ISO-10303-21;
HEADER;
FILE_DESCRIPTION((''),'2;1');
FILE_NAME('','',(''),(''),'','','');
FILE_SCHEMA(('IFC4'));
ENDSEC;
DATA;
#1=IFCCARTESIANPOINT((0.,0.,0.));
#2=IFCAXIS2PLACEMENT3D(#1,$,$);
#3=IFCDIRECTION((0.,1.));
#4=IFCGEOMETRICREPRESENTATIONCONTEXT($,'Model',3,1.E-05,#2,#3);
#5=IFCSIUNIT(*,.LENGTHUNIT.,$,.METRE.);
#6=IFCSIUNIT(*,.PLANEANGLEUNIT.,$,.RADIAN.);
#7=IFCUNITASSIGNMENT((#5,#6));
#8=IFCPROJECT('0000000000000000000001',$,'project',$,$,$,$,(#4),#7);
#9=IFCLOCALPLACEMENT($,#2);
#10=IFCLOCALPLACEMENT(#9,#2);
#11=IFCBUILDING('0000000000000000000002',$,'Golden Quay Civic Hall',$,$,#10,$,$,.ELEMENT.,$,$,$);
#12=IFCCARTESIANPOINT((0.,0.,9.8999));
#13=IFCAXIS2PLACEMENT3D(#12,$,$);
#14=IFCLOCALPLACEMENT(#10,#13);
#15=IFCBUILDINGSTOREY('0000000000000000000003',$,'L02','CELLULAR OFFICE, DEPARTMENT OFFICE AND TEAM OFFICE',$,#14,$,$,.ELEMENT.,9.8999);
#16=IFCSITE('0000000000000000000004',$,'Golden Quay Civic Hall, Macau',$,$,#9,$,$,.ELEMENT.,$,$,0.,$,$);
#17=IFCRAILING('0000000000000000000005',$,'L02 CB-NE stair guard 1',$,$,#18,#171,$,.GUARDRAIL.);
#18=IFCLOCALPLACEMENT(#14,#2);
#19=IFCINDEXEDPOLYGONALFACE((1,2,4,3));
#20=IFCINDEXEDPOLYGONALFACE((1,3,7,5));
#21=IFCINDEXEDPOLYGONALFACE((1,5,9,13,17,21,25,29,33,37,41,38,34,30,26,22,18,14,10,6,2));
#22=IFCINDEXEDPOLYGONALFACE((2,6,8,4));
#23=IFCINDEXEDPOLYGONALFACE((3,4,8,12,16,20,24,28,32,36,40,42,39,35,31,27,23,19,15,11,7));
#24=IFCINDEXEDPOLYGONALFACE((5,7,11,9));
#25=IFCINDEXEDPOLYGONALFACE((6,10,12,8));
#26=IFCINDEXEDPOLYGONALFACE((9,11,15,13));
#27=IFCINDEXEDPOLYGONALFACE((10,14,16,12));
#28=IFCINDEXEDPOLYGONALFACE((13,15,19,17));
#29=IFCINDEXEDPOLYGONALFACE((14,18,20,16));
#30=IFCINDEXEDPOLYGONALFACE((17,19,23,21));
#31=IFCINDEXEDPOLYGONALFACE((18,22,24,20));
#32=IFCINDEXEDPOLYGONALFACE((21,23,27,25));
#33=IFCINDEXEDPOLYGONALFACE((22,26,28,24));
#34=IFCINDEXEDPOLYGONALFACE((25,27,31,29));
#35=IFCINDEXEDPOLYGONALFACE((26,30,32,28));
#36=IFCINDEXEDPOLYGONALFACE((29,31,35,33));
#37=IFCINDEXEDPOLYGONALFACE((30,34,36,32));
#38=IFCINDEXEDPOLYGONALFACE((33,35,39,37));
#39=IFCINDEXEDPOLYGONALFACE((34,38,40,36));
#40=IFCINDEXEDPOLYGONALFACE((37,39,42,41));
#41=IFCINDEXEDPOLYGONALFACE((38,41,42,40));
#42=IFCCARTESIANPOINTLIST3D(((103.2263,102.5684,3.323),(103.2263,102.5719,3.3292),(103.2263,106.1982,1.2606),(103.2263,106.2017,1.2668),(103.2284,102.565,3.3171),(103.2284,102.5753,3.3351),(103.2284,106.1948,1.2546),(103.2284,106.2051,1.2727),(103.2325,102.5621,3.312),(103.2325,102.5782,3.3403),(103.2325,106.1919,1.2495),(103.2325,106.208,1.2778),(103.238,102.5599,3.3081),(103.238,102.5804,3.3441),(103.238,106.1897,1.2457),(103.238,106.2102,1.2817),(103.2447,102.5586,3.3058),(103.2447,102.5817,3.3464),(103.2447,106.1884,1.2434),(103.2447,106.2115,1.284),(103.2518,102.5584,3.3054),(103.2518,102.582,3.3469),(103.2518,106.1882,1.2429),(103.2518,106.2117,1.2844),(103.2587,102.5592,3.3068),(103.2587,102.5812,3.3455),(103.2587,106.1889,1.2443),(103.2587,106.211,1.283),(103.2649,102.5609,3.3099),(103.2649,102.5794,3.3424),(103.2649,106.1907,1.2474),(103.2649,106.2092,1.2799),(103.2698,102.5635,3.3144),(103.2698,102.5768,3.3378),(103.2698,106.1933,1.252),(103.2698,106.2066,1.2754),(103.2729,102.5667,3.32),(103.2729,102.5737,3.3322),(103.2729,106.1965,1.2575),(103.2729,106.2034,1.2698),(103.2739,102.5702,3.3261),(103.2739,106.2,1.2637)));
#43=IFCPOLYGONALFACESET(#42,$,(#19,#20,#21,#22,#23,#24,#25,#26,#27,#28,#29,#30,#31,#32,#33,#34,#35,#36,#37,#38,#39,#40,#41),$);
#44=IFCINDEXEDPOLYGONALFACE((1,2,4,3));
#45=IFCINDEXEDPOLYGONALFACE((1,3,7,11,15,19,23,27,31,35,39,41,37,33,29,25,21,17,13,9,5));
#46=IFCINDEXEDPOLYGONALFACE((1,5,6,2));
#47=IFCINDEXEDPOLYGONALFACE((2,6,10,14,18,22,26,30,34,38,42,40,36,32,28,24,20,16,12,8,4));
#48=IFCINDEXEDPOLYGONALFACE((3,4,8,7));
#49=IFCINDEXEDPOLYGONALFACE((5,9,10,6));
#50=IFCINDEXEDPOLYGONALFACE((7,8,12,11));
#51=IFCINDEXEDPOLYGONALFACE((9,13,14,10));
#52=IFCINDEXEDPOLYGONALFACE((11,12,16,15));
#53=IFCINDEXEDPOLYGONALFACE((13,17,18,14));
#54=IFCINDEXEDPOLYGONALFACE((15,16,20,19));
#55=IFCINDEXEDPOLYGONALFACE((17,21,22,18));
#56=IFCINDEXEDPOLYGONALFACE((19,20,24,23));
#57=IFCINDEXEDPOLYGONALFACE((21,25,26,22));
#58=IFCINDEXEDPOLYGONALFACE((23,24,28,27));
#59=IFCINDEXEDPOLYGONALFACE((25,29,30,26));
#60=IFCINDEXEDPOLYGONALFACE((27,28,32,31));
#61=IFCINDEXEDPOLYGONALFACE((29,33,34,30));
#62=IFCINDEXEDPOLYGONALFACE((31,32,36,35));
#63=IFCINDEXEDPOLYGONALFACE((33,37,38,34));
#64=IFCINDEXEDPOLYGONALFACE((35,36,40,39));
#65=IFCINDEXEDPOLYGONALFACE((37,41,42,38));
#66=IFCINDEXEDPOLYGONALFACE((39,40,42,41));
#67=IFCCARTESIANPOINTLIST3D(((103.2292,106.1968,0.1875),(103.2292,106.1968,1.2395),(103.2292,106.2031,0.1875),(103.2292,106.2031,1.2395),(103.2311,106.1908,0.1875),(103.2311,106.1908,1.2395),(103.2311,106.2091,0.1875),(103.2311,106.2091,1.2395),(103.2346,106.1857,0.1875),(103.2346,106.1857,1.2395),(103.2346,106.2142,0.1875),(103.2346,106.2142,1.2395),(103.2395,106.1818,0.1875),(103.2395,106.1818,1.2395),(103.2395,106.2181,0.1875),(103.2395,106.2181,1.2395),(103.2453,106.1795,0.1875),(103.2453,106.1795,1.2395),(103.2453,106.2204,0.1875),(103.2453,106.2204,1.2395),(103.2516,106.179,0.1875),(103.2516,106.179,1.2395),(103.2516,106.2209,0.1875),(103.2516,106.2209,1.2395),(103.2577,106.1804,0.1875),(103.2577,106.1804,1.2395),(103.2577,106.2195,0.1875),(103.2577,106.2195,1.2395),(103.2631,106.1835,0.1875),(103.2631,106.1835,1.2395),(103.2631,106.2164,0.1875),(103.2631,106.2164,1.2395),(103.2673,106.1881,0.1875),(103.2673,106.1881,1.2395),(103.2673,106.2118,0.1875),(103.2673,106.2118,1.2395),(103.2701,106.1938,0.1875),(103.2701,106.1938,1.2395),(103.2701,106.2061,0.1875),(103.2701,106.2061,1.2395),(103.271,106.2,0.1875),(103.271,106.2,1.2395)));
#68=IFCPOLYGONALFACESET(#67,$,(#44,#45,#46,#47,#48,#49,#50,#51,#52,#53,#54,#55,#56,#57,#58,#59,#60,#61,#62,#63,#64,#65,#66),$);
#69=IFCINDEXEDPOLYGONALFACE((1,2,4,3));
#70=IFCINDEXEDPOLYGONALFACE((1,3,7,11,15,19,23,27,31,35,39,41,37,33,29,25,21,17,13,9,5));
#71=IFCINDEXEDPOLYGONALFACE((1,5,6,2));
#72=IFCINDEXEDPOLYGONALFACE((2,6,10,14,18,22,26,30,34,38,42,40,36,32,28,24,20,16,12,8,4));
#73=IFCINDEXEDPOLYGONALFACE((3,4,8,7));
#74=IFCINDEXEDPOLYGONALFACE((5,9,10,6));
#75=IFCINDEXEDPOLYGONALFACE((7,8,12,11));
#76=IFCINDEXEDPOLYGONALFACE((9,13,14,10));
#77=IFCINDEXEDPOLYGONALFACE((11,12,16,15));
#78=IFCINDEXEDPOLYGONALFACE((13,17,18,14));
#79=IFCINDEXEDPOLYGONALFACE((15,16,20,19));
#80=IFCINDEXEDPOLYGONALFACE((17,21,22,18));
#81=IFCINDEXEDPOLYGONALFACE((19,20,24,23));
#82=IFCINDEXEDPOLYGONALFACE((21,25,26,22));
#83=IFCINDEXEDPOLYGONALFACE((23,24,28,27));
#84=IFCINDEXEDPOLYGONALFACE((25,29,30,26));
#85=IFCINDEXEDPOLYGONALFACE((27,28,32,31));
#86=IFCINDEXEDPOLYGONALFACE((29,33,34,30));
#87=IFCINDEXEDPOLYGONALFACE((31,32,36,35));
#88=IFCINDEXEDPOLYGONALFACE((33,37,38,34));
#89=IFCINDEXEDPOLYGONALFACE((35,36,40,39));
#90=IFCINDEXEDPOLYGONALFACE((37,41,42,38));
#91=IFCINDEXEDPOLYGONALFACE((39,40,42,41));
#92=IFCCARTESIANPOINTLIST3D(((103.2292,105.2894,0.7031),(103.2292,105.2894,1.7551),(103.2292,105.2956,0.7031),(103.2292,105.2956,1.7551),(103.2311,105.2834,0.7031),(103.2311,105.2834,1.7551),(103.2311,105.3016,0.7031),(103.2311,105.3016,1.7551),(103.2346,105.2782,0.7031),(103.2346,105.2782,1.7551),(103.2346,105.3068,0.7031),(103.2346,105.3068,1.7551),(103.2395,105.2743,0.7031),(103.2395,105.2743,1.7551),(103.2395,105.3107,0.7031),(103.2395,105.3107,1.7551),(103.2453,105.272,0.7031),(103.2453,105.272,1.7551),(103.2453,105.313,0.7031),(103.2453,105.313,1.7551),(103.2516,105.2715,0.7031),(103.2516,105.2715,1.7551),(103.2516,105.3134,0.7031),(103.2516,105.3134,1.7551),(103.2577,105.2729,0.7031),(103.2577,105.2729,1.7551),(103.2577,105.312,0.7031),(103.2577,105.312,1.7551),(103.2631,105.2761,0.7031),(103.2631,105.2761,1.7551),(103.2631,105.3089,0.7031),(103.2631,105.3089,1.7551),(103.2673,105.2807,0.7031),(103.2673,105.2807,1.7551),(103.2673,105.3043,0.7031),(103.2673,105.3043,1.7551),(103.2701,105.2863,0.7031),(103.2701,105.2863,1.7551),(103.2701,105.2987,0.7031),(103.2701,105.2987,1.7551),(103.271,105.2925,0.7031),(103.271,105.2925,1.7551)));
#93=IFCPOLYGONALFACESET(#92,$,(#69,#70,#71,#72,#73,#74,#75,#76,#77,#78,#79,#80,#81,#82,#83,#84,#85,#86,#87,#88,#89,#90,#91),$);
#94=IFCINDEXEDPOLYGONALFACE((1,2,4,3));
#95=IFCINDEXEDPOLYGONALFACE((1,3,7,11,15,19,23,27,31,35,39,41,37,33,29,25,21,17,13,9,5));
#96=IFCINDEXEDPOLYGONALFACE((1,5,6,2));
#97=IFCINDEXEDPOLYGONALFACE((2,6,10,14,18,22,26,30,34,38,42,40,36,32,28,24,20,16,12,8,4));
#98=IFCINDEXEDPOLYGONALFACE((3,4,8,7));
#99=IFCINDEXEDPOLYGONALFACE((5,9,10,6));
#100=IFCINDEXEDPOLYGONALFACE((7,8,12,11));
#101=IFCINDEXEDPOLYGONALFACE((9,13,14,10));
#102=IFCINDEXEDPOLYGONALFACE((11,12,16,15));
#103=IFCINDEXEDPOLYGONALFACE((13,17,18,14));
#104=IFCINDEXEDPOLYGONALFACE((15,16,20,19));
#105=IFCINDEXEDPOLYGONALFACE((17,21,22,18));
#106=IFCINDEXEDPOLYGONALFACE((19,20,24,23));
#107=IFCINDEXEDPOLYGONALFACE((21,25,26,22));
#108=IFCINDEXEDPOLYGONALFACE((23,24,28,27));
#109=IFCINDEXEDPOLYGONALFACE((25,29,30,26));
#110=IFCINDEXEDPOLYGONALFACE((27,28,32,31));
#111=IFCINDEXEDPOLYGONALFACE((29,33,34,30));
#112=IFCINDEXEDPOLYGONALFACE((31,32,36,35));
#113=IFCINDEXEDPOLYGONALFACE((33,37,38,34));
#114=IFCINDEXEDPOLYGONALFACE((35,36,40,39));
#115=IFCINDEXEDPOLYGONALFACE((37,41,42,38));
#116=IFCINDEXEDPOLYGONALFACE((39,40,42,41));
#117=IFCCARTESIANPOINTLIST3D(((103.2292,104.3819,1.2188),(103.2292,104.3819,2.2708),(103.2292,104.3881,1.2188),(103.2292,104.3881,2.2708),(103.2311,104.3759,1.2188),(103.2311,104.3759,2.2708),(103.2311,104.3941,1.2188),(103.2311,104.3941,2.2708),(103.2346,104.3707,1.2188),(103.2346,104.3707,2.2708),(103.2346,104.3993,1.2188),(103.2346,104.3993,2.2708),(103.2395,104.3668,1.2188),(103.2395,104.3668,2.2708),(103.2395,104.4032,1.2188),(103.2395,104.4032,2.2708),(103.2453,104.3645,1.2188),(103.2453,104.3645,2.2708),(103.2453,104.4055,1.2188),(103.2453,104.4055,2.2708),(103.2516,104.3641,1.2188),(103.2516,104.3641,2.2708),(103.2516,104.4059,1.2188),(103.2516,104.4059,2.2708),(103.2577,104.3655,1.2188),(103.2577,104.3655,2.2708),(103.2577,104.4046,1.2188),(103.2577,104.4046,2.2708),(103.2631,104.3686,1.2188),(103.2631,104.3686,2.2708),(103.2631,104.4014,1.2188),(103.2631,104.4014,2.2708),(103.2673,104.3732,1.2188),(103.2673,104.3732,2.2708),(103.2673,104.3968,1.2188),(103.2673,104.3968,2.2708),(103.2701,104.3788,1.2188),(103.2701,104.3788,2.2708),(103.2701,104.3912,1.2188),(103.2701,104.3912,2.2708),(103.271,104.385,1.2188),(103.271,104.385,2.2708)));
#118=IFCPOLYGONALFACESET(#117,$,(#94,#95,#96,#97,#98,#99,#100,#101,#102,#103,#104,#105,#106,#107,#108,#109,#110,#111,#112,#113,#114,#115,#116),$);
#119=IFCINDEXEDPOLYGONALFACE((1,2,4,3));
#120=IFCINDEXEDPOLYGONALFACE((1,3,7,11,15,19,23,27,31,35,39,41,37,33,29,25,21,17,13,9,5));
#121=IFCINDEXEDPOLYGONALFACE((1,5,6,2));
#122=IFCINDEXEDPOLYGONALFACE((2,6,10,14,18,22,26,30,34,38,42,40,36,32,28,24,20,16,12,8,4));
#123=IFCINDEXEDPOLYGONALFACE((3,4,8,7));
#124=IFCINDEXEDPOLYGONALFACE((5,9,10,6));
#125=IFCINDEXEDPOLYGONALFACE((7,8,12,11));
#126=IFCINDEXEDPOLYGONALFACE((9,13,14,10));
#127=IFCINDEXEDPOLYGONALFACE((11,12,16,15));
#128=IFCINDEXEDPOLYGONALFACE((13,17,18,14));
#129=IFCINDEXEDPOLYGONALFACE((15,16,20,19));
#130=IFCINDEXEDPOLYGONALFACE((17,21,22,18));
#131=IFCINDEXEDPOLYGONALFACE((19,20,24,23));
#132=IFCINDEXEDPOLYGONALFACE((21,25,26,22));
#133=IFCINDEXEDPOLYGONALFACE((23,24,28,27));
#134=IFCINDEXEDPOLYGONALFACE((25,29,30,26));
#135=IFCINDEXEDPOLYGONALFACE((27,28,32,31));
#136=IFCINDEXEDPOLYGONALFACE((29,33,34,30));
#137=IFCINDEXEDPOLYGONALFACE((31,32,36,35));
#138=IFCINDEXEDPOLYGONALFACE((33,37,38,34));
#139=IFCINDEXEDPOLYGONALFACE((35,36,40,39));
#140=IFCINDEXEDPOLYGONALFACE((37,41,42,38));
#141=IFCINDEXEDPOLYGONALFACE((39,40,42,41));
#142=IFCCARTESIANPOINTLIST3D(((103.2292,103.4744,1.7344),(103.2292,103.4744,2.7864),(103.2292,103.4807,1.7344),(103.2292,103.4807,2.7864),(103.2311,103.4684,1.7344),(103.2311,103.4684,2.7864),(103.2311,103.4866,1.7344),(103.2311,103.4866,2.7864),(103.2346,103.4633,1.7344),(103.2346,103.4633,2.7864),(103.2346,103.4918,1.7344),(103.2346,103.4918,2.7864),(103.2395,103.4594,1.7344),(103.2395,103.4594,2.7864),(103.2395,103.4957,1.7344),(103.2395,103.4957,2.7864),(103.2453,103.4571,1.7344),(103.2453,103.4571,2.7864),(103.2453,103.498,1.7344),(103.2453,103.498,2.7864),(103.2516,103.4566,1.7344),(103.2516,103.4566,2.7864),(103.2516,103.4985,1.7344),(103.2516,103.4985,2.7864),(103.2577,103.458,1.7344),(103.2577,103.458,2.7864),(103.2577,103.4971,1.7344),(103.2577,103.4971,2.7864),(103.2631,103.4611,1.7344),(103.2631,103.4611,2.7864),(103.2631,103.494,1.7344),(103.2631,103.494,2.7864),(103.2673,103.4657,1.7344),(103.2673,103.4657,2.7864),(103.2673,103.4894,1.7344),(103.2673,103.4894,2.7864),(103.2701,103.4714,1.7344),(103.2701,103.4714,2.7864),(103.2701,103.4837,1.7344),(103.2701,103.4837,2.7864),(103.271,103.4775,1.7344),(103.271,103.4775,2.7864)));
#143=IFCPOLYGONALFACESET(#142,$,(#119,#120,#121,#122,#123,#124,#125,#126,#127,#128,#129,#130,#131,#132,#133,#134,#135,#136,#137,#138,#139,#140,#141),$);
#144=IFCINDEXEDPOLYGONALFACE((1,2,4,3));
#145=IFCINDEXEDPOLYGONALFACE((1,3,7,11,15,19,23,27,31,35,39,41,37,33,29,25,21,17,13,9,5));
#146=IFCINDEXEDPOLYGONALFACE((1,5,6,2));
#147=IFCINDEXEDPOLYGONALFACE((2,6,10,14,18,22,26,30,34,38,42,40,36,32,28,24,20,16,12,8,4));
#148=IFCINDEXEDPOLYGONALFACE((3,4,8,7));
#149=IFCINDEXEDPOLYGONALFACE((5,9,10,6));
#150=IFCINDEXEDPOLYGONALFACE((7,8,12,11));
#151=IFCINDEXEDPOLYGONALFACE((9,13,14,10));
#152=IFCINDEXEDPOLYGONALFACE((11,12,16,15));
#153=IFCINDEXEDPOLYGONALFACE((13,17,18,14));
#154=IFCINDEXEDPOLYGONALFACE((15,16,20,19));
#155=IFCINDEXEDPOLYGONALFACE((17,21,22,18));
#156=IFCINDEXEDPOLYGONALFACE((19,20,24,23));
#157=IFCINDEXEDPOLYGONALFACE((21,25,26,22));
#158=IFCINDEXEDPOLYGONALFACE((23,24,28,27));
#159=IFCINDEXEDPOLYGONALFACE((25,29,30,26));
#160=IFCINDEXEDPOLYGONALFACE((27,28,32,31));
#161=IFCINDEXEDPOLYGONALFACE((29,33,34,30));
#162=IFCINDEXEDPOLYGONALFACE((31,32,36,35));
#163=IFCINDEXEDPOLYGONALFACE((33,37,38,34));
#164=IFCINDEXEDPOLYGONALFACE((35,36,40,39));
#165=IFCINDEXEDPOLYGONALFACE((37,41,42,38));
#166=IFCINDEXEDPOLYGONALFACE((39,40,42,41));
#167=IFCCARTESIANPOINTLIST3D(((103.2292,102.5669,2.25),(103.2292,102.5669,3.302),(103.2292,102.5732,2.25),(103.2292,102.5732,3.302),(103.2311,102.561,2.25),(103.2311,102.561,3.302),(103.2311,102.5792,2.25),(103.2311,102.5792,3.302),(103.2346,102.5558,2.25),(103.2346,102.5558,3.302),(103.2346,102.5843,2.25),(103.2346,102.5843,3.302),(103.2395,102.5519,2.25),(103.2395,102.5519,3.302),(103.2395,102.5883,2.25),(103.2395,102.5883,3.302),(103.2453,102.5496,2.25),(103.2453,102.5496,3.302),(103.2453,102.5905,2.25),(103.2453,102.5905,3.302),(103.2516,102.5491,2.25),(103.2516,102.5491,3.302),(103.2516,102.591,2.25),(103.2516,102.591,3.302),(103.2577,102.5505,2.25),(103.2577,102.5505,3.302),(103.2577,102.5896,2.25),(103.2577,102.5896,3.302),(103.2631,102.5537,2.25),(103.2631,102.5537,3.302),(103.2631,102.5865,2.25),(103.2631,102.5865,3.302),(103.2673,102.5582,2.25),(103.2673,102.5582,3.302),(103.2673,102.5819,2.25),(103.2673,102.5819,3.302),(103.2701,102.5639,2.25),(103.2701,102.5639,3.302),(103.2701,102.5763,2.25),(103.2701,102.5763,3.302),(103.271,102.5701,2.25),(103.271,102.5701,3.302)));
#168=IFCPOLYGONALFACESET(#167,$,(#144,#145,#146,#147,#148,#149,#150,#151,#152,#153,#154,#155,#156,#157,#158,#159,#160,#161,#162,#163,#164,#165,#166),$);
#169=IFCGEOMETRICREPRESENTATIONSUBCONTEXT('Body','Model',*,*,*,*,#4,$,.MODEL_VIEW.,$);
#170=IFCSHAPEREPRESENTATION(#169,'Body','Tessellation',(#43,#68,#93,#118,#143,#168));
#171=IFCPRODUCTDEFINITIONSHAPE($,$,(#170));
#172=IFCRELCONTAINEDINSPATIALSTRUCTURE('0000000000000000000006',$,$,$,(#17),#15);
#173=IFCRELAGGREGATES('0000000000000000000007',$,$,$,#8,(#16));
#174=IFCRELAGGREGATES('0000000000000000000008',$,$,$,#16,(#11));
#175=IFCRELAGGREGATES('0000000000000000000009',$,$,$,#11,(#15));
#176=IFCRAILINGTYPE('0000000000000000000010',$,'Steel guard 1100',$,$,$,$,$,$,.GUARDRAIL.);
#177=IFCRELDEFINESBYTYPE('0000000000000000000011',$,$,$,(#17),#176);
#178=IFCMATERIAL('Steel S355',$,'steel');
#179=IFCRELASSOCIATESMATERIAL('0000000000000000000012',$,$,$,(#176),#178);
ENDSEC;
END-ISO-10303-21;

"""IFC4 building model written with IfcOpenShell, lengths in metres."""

from ifc_helpers import new_model, si_unit, direction, frame, origin, origin_2d, place, context, subcontext, project, spatial, circle, extrude, material, type_object, element, save


model = new_model("IFC4")

# Units and contexts
model_context = context("Model", 3, precision=1e-05, world=origin(), true_north=direction((0.0, 1.0)))
body_context = subcontext(model_context, "Body", "Model", "MODEL_VIEW")
ifc_project = project(units=[si_unit("LENGTHUNIT", "METRE"), si_unit("PLANEANGLEUNIT", "RADIAN")], contexts=[model_context])

# Site, building, storey
site_placement = place(None, origin())
site = spatial("IfcSite", under=ifc_project, at=site_placement, Name="Golden Quay Civic Hall, Macau", CompositionType="ELEMENT", RefElevation=0.0)
building_placement = place(site_placement, origin())
building = spatial("IfcBuilding", under=site, at=building_placement, Name="Golden Quay Civic Hall", CompositionType="ELEMENT")
storey_placement = place(building_placement, frame((0.0, 0.0, 9.8999)))
storey = spatial("IfcBuildingStorey", under=building, at=storey_placement, Name="L02", Description="CELLULAR OFFICE, DEPARTMENT OFFICE AND TEAM OFFICE", CompositionType="ELEMENT", Elevation=9.8999)

# Railing
ifc_material_1 = material(Name="Steel S355", Category="steel")
railing_type_1 = type_object("IfcRailingType", Name="Steel guard 1100", PredefinedType="GUARDRAIL", material=ifc_material_1)
railing_1_placement = place(storey_placement, frame((103.25, 106.2, 0.1875)))
element("IfcRailing", 1, at=railing_1_placement, inside=storey, type_object=railing_type_1, Name="L02 CB-NE stair guard 1", PredefinedType="GUARDRAIL", context=body_context, shape_type="SweptSolid", body=[
    extrude(circle(Radius=0.0239, at=origin_2d()), frame((0.0, 0.0, 1.0762), z_axis=(0.0, -0.86945, 0.494021), x_axis=(1.0, 0.0, 0.0)), (0.0, 0.0, 1.0), 4.1748),
    extrude(circle(Radius=0.021, at=origin_2d()), origin(), (0.0, 0.0, 1.0), 1.052),
    extrude(circle(Radius=0.021, at=origin_2d()), frame((0.0, -0.9075, 0.5156)), (0.0, 0.0, 1.0), 1.052),
    extrude(circle(Radius=0.021, at=origin_2d()), frame((0.0, -1.8149, 1.0312)), (0.0, 0.0, 1.0), 1.052),
    extrude(circle(Radius=0.021, at=origin_2d()), frame((0.0, -2.7224, 1.5469)), (0.0, 0.0, 1.0), 1.052),
    extrude(circle(Radius=0.021, at=origin_2d()), frame((0.0, -3.6299, 2.0625)), (0.0, 0.0, 1.0), 1.052),
])

save(model, "model.ifc")
